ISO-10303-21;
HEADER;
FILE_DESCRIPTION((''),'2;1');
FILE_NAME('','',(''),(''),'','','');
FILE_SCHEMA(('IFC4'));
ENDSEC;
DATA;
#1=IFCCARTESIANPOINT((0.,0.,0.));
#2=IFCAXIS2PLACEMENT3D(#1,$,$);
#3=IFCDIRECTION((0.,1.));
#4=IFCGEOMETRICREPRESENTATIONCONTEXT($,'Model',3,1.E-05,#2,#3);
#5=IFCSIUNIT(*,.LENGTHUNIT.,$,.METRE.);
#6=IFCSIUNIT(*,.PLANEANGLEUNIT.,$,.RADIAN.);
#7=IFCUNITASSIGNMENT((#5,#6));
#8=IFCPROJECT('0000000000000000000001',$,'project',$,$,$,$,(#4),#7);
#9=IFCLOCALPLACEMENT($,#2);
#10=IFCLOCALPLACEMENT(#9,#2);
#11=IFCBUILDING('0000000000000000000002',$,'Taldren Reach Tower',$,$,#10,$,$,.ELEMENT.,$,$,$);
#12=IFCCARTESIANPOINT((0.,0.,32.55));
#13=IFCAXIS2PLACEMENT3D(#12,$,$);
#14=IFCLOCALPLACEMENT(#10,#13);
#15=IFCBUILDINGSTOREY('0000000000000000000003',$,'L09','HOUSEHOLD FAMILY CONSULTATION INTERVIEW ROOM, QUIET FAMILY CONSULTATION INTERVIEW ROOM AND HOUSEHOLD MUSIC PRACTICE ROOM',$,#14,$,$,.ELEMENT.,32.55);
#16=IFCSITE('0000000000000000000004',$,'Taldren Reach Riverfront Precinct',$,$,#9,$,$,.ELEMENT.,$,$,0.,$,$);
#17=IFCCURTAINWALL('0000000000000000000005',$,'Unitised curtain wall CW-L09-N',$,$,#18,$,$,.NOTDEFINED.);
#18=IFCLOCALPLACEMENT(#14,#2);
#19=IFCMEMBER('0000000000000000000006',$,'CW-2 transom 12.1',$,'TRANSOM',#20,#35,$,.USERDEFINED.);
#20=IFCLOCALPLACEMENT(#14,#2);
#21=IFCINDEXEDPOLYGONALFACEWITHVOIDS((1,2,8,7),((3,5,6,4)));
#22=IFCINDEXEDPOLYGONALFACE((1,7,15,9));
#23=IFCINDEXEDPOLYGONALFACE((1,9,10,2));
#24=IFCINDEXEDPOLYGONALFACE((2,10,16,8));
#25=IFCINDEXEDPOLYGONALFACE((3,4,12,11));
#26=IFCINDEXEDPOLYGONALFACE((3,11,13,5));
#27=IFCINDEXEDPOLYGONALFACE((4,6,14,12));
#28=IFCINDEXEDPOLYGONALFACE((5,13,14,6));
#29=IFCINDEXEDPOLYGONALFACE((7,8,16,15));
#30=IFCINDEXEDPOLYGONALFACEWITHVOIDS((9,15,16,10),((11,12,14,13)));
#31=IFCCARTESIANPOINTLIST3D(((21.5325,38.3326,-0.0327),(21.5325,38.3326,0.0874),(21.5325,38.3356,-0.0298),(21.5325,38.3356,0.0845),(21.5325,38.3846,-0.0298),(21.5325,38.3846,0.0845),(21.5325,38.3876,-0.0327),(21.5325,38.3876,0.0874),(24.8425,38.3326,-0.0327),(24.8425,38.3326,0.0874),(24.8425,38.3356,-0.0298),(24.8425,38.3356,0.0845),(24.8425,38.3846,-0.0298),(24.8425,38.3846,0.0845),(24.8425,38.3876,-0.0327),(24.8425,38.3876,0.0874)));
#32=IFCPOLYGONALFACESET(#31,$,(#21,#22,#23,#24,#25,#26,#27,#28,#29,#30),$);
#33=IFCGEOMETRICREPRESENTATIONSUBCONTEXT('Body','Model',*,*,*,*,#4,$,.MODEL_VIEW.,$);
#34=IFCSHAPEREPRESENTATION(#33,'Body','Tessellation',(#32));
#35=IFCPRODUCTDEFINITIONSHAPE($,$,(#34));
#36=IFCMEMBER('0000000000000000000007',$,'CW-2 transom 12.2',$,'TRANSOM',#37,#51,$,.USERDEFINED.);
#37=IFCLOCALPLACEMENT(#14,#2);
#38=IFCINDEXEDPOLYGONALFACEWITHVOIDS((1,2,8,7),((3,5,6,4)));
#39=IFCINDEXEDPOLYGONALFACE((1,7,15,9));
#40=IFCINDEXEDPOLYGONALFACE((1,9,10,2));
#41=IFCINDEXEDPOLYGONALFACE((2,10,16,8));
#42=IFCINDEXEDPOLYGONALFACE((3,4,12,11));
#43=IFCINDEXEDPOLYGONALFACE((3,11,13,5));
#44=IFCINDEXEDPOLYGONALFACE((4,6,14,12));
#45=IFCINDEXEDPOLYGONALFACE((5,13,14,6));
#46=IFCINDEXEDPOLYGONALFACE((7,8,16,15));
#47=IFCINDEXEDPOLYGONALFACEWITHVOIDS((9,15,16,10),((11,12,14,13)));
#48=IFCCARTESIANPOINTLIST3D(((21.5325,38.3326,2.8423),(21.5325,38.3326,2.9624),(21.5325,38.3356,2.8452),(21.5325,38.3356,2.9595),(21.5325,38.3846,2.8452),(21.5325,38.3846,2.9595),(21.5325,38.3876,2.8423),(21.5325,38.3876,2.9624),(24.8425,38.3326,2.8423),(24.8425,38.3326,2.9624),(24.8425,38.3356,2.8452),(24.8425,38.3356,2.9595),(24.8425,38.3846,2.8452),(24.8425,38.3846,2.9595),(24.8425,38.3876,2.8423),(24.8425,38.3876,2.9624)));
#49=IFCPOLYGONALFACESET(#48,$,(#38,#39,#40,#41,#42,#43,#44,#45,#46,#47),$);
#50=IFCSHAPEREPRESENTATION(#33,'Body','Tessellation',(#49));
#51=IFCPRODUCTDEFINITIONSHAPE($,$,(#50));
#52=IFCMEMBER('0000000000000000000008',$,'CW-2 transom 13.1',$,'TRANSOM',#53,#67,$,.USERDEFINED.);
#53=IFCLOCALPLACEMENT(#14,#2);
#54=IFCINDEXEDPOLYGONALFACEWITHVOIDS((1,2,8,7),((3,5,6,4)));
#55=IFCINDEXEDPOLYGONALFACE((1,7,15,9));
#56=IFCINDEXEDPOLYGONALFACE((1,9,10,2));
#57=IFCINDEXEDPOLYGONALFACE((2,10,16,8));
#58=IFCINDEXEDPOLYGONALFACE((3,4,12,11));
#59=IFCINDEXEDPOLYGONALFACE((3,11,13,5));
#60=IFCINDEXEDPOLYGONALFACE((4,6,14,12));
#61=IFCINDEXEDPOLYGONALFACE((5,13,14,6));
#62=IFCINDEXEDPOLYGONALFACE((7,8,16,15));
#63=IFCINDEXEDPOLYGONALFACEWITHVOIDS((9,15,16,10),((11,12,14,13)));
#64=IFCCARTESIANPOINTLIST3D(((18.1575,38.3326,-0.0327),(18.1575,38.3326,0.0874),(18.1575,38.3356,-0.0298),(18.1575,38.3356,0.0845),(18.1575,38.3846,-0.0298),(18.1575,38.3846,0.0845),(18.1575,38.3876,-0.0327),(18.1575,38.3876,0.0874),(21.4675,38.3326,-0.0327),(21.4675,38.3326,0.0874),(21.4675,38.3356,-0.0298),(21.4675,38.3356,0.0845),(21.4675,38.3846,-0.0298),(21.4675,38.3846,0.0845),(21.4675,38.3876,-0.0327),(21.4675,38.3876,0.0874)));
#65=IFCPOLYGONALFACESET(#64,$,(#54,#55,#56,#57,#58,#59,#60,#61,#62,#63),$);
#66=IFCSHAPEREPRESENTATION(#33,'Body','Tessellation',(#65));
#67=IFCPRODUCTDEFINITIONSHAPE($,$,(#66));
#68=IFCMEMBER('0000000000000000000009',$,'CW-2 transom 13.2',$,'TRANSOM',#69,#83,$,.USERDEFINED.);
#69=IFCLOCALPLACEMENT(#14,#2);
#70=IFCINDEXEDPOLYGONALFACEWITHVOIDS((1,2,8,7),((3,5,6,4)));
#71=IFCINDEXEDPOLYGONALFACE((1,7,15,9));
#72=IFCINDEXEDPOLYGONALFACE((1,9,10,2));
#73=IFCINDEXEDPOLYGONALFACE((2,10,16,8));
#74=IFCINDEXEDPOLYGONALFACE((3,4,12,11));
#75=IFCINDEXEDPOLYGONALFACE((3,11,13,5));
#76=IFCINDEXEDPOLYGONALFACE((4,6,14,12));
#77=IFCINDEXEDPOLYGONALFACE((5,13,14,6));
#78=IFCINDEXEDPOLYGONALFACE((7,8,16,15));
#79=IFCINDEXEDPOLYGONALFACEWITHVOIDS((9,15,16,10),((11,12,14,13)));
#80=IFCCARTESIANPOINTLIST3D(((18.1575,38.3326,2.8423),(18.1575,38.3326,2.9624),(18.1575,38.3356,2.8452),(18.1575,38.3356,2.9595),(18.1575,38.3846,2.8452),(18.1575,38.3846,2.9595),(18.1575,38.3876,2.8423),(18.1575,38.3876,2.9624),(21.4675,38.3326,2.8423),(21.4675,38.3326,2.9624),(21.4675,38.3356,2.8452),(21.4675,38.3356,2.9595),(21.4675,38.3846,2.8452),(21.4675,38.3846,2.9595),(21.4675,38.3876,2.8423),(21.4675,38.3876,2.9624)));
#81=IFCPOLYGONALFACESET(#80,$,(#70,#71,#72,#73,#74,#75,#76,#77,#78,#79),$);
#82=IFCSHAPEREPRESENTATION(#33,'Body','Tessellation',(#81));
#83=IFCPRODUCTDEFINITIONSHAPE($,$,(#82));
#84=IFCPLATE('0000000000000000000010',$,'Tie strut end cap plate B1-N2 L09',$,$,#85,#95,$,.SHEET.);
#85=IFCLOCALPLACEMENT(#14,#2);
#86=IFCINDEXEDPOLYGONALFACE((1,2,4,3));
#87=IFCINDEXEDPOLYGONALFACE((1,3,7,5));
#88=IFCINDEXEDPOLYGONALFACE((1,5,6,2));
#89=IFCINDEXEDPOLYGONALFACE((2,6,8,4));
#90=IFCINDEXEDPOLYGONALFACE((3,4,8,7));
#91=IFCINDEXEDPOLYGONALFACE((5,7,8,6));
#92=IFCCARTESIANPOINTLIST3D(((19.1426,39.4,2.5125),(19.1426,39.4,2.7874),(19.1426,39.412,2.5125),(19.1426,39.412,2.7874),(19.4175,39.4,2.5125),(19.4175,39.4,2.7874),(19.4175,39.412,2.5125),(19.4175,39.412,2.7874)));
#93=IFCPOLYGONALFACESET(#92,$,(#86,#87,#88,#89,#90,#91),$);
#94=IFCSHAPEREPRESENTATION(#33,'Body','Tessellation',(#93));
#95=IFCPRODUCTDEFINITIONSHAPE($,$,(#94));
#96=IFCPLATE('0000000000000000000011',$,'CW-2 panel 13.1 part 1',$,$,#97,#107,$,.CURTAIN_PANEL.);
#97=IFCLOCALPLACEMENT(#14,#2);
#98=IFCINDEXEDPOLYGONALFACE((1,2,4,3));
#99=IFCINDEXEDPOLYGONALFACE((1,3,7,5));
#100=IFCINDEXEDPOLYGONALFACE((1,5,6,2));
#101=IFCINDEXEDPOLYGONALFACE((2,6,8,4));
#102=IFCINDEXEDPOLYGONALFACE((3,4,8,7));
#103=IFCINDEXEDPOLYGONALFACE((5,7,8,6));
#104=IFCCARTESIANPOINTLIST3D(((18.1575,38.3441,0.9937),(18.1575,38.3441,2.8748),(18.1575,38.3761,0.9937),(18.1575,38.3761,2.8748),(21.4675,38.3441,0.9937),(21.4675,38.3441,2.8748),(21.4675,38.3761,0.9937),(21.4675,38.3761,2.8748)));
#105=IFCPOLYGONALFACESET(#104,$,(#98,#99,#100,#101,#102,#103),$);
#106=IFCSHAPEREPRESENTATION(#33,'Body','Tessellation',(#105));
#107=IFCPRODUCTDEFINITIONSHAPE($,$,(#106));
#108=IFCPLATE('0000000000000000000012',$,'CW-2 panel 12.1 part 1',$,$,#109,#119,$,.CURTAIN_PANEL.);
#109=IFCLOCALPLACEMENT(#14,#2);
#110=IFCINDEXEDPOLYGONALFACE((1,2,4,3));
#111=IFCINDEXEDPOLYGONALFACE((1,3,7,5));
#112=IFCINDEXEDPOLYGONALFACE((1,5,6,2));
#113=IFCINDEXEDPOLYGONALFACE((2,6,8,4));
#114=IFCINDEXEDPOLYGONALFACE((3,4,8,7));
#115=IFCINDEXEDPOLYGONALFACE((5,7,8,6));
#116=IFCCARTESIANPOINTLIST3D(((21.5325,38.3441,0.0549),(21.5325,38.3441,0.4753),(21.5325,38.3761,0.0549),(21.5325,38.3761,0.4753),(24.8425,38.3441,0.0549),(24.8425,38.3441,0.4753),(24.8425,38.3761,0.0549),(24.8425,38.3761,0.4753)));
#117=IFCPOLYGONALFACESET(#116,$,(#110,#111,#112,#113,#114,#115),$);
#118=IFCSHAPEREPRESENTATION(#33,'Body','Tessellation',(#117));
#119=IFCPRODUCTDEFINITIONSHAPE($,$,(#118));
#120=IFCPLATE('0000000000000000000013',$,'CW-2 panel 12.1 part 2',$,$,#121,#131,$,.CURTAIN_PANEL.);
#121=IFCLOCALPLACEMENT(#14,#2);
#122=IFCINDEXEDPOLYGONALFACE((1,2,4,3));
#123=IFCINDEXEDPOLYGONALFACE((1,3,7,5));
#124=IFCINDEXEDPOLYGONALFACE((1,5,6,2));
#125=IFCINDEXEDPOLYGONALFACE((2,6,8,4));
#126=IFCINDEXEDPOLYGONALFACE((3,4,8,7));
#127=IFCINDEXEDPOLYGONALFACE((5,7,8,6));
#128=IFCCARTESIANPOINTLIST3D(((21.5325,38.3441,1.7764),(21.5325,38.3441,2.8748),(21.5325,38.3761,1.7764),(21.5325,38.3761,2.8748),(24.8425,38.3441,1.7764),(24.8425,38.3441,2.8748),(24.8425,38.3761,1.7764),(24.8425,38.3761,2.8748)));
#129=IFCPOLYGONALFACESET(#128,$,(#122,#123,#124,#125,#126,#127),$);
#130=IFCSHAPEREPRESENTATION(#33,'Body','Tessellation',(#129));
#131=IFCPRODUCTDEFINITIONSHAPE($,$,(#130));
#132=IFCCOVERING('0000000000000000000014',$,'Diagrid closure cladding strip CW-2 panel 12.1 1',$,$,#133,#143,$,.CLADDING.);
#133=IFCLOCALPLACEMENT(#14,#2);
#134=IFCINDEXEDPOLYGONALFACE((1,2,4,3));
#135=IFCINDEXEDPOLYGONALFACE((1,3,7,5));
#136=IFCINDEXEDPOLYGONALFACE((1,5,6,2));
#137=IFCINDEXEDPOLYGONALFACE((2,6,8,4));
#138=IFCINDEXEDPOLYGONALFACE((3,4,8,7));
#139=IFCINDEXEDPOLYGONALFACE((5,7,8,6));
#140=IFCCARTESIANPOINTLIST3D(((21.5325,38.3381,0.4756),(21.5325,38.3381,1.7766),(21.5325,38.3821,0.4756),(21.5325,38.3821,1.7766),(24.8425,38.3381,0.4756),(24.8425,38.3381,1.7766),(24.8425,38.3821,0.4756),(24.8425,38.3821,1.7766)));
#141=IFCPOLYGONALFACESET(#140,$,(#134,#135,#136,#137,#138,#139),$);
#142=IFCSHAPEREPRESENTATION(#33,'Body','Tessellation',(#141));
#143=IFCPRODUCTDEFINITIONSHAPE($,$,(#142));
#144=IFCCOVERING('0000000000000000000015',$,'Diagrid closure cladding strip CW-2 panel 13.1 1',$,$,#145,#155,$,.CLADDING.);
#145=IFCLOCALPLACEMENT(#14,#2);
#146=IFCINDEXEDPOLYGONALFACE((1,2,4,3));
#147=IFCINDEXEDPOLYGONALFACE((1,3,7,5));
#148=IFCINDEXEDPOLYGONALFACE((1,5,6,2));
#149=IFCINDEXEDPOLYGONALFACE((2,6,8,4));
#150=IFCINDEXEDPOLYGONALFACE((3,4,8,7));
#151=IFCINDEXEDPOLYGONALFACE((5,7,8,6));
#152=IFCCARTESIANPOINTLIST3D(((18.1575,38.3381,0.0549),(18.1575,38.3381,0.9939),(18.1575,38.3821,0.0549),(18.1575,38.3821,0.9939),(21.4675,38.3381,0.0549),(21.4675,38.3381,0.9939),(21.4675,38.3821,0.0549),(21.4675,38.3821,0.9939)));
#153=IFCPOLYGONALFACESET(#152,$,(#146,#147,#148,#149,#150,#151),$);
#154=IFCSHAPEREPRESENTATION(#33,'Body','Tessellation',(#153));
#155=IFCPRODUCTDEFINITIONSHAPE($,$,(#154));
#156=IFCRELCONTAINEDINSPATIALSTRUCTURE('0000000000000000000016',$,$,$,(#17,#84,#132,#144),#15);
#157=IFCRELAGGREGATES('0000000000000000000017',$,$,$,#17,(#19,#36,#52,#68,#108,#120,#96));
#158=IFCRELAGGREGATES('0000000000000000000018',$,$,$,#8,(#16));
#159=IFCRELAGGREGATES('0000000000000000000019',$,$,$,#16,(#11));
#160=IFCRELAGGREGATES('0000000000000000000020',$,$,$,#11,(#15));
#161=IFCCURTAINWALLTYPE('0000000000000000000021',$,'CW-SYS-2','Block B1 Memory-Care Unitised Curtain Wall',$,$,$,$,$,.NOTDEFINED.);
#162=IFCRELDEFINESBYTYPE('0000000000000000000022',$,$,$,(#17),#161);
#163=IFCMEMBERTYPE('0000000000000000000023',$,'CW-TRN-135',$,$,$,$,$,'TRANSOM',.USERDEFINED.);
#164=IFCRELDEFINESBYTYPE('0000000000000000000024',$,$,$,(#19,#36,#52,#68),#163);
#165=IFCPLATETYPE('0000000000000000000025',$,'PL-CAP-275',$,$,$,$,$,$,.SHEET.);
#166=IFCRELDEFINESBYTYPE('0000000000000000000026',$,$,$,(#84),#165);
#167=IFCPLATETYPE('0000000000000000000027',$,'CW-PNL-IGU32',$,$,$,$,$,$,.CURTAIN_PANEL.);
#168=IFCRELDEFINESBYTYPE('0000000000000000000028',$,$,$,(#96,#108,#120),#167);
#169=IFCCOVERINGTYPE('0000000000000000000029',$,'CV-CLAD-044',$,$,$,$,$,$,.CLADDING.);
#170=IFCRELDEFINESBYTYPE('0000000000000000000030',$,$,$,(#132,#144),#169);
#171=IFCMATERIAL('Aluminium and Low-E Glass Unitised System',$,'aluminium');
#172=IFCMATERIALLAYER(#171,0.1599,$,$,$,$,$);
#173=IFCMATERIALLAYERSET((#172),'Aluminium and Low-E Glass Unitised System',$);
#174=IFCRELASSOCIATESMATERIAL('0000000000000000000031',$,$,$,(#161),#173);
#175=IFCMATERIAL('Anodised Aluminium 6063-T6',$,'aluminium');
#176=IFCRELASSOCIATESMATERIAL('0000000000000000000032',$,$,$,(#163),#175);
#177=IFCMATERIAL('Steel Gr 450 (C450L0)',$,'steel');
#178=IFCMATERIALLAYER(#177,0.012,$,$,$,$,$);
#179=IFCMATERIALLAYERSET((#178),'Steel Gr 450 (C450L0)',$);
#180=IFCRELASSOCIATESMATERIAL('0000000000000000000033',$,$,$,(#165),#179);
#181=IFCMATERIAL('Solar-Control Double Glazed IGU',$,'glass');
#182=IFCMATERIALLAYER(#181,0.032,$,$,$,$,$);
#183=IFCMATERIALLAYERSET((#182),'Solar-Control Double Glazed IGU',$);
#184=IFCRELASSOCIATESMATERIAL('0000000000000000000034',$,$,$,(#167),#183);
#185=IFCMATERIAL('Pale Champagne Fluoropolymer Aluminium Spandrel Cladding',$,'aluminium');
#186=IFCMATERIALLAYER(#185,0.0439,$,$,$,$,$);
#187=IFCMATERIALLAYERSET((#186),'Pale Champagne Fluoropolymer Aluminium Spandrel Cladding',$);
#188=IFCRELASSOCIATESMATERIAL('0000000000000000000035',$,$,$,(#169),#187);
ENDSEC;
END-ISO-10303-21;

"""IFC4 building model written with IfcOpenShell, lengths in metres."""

from ifc_helpers import new_model, si_unit, direction, frame, origin, origin_2d, place, context, subcontext, project, spatial, rectangle, hollow_rectangle, extrude, source, transform, mapped, material, layer, layer_set, material_profile, profile_set, type_object, element, aggregate, save


model = new_model("IFC4")

# Units and contexts
model_context = context("Model", 3, precision=1e-05, world=origin(), true_north=direction((0.0, 1.0)))
body_context = subcontext(model_context, "Body", "Model", "MODEL_VIEW")
ifc_project = project(units=[si_unit("LENGTHUNIT", "METRE"), si_unit("PLANEANGLEUNIT", "RADIAN")], contexts=[model_context])

# Site, building, storey
site_placement = place(None, origin())
site = spatial("IfcSite", under=ifc_project, at=site_placement, Name="Taldren Reach Riverfront Precinct", CompositionType="ELEMENT", RefElevation=0.0)
building_placement = place(site_placement, origin())
building = spatial("IfcBuilding", under=site, at=building_placement, Name="Taldren Reach Tower", CompositionType="ELEMENT")
storey_placement = place(building_placement, frame((0.0, 0.0, 32.55)))
storey = spatial("IfcBuildingStorey", under=building, at=storey_placement, Name="L09", Description="HOUSEHOLD FAMILY CONSULTATION INTERVIEW ROOM, QUIET FAMILY CONSULTATION INTERVIEW ROOM AND HOUSEHOLD MUSIC PRACTICE ROOM", CompositionType="ELEMENT", Elevation=32.55)

# Shared definitions
ifc_material_1 = material(Name="Steel Gr 450 (C450L0)", Category="steel")

# Curtain wall, members
ifc_material_2 = material(Name="Aluminium and Low-E Glass Unitised System", Category="aluminium")
ifc_layer_1 = layer(ifc_material_2, 0.1599)
ifc_layer_set_1 = layer_set([ifc_layer_1], Name="Aluminium and Low-E Glass Unitised System")
curtain_wall_type = type_object("IfcCurtainWallType", Name="CW-SYS-2", Description="Block B1 Memory-Care Unitised Curtain Wall", PredefinedType="NOTDEFINED", material=ifc_layer_set_1)
curtain_wall_placement = place(storey_placement, origin())
curtain_wall = element("IfcCurtainWall", 1, at=curtain_wall_placement, inside=storey, type_object=curtain_wall_type, Name="Unitised curtain wall CW-L09-N", PredefinedType="NOTDEFINED")
ifc_material_3 = material(Name="Anodised Aluminium 6063-T6", Category="aluminium")
ifc_material_profile_1 = material_profile(ifc_material_3, hollow_rectangle(XDim=0.0549, YDim=0.1201, WallThickness=0.0029, at=origin_2d()), Name="ALU-120x55x3RHS")
ifc_profile_set_1 = profile_set([ifc_material_profile_1], Name="Anodised Aluminium 6063-T6")
member_type_1 = type_object("IfcMemberType", Name="CW-TRN-135", ElementType="TRANSOM", PredefinedType="USERDEFINED", material=ifc_profile_set_1)
shared_shape_1 = source(origin(), body_context, "Body", "SweptSolid", [
    extrude(hollow_rectangle(XDim=0.0549, YDim=0.1201, WallThickness=0.0029, at=origin_2d()), origin(), (0.0, 0.0, 1.0), 3.3101),
])
member_1_placement = place(storey_placement, frame((24.8425, 38.3601, 0.0273), z_axis=(-1.0, 0.0, 0.0), x_axis=(0.0, -1.0, 0.0)))
member_1 = element("IfcMember", 2, at=member_1_placement, type_object=member_type_1, Name="CW-2 transom 12.1", ObjectType="TRANSOM", PredefinedType="USERDEFINED", context=body_context, shape_type="MappedRepresentation", body=[
    mapped(shared_shape_1, transform((0.0, 0.0, 0.0), scale=1.0)),
])
member_2_placement = place(storey_placement, frame((24.8425, 38.3601, 2.9023), z_axis=(-1.0, 0.0, 0.0), x_axis=(0.0, -1.0, 0.0)))
member_2 = element("IfcMember", 3, at=member_2_placement, type_object=member_type_1, Name="CW-2 transom 12.2", ObjectType="TRANSOM", PredefinedType="USERDEFINED", context=body_context, shape_type="MappedRepresentation", body=[
    mapped(shared_shape_1, transform((0.0, 0.0, 0.0), scale=1.0)),
])
member_3_placement = place(storey_placement, frame((21.4675, 38.3601, 0.0273), z_axis=(-1.0, 0.0, 0.0), x_axis=(0.0, -1.0, 0.0)))
member_3 = element("IfcMember", 4, at=member_3_placement, type_object=member_type_1, Name="CW-2 transom 13.1", ObjectType="TRANSOM", PredefinedType="USERDEFINED", context=body_context, shape_type="MappedRepresentation", body=[
    mapped(shared_shape_1, transform((0.0, 0.0, 0.0), scale=1.0)),
])
member_4_placement = place(storey_placement, frame((21.4675, 38.3601, 2.9023), z_axis=(-1.0, 0.0, 0.0), x_axis=(0.0, -1.0, 0.0)))
member_4 = element("IfcMember", 5, at=member_4_placement, type_object=member_type_1, Name="CW-2 transom 13.2", ObjectType="TRANSOM", PredefinedType="USERDEFINED", context=body_context, shape_type="MappedRepresentation", body=[
    mapped(shared_shape_1, transform((0.0, 0.0, 0.0), scale=1.0)),
])

# Plates
ifc_layer_2 = layer(ifc_material_1, 0.012)
ifc_layer_set_2 = layer_set([ifc_layer_2], Name="Steel Gr 450 (C450L0)")
plate_type_1 = type_object("IfcPlateType", Name="PL-CAP-275", PredefinedType="SHEET", material=ifc_layer_set_2)
shared_shape_2 = source(origin(), body_context, "Body", "SweptSolid", [
    extrude(rectangle(XDim=0.2749, YDim=0.012, at=origin_2d()), origin(), (0.0, 0.0, 1.0), 0.2749),
])
plate_1_placement = place(storey_placement, frame((19.28, 39.406, 2.5125), z_axis=(0.0, 0.0, 1.0), x_axis=(1.0, 0.0, 0.0)))
element("IfcPlate", 6, at=plate_1_placement, inside=storey, type_object=plate_type_1, Name="Tie strut end cap plate B1-N2 L09", PredefinedType="SHEET", context=body_context, shape_type="MappedRepresentation", body=[
    mapped(shared_shape_2, transform((0.0, 0.0, 0.0), scale=1.0)),
])
ifc_material_4 = material(Name="Solar-Control Double Glazed IGU", Category="glass")
ifc_layer_3 = layer(ifc_material_4, 0.032)
ifc_layer_set_3 = layer_set([ifc_layer_3], Name="Solar-Control Double Glazed IGU")
plate_type_2 = type_object("IfcPlateType", Name="CW-PNL-IGU32", PredefinedType="CURTAIN_PANEL", material=ifc_layer_set_3)
shared_shape_3 = source(origin(), body_context, "Body", "SweptSolid", [
    extrude(rectangle(XDim=3.3101, YDim=0.032, at=origin_2d()), origin(), (0.0, 0.0, 1.0), 1.8811),
])
plate_2_placement = place(storey_placement, frame((19.8125, 38.3601, 0.9937), z_axis=(0.0, 0.0, 1.0), x_axis=(-1.0, 0.0, 0.0)))
plate_2 = element("IfcPlate", 7, at=plate_2_placement, type_object=plate_type_2, Name="CW-2 panel 13.1 part 1", PredefinedType="CURTAIN_PANEL", context=body_context, shape_type="MappedRepresentation", body=[
    mapped(shared_shape_3, transform((0.0, 0.0, 0.0), scale=1.0)),
])
shared_shape_4 = source(origin(), body_context, "Body", "SweptSolid", [
    extrude(rectangle(XDim=3.3101, YDim=0.032, at=origin_2d()), origin(), (0.0, 0.0, 1.0), 0.4204),
])
plate_3_placement = place(storey_placement, frame((23.1875, 38.3601, 0.0549), z_axis=(0.0, 0.0, 1.0), x_axis=(-1.0, 0.0, 0.0)))
plate_3 = element("IfcPlate", 8, at=plate_3_placement, type_object=plate_type_2, Name="CW-2 panel 12.1 part 1", PredefinedType="CURTAIN_PANEL", context=body_context, shape_type="MappedRepresentation", body=[
    mapped(shared_shape_4, transform((0.0, 0.0, 0.0), scale=1.0)),
])
shared_shape_5 = source(origin(), body_context, "Body", "SweptSolid", [
    extrude(rectangle(XDim=3.3101, YDim=0.032, at=origin_2d()), origin(), (0.0, 0.0, 1.0), 1.0984),
])
plate_4_placement = place(storey_placement, frame((23.1875, 38.3601, 1.7764), z_axis=(0.0, 0.0, 1.0), x_axis=(-1.0, 0.0, 0.0)))
plate_4 = element("IfcPlate", 9, at=plate_4_placement, type_object=plate_type_2, Name="CW-2 panel 12.1 part 2", PredefinedType="CURTAIN_PANEL", context=body_context, shape_type="MappedRepresentation", body=[
    mapped(shared_shape_5, transform((0.0, 0.0, 0.0), scale=1.0)),
])
aggregate(curtain_wall, [member_1, member_2, member_3, member_4, plate_3, plate_4, plate_2])

# Coverings
ifc_material_5 = material(Name="Pale Champagne Fluoropolymer Aluminium Spandrel Cladding", Category="aluminium")
ifc_layer_4 = layer(ifc_material_5, 0.0439)
ifc_layer_set_4 = layer_set([ifc_layer_4], Name="Pale Champagne Fluoropolymer Aluminium Spandrel Cladding")
covering_type = type_object("IfcCoveringType", Name="CV-CLAD-044", PredefinedType="CLADDING", material=ifc_layer_set_4)
shared_shape_6 = source(origin(), body_context, "Body", "SweptSolid", [
    extrude(rectangle(XDim=3.3101, YDim=0.0439, at=origin_2d()), origin(), (0.0, 0.0, 1.0), 1.301),
])
covering_1_placement = place(storey_placement, frame((23.1875, 38.3601, 0.4756), z_axis=(0.0, 0.0, 1.0), x_axis=(-1.0, 0.0, 0.0)))
element("IfcCovering", 10, at=covering_1_placement, inside=storey, type_object=covering_type, Name="Diagrid closure cladding strip CW-2 panel 12.1 1", PredefinedType="CLADDING", context=body_context, shape_type="MappedRepresentation", body=[
    mapped(shared_shape_6, transform((0.0, 0.0, 0.0), scale=1.0)),
])
shared_shape_7 = source(origin(), body_context, "Body", "SweptSolid", [
    extrude(rectangle(XDim=3.3101, YDim=0.0439, at=origin_2d()), origin(), (0.0, 0.0, 1.0), 0.939),
])
covering_2_placement = place(storey_placement, frame((19.8125, 38.3601, 0.0549), z_axis=(0.0, 0.0, 1.0), x_axis=(-1.0, 0.0, 0.0)))
element("IfcCovering", 11, at=covering_2_placement, inside=storey, type_object=covering_type, Name="Diagrid closure cladding strip CW-2 panel 13.1 1", PredefinedType="CLADDING", context=body_context, shape_type="MappedRepresentation", body=[
    mapped(shared_shape_7, transform((0.0, 0.0, 0.0), scale=1.0)),
])

save(model, "model.ifc")
